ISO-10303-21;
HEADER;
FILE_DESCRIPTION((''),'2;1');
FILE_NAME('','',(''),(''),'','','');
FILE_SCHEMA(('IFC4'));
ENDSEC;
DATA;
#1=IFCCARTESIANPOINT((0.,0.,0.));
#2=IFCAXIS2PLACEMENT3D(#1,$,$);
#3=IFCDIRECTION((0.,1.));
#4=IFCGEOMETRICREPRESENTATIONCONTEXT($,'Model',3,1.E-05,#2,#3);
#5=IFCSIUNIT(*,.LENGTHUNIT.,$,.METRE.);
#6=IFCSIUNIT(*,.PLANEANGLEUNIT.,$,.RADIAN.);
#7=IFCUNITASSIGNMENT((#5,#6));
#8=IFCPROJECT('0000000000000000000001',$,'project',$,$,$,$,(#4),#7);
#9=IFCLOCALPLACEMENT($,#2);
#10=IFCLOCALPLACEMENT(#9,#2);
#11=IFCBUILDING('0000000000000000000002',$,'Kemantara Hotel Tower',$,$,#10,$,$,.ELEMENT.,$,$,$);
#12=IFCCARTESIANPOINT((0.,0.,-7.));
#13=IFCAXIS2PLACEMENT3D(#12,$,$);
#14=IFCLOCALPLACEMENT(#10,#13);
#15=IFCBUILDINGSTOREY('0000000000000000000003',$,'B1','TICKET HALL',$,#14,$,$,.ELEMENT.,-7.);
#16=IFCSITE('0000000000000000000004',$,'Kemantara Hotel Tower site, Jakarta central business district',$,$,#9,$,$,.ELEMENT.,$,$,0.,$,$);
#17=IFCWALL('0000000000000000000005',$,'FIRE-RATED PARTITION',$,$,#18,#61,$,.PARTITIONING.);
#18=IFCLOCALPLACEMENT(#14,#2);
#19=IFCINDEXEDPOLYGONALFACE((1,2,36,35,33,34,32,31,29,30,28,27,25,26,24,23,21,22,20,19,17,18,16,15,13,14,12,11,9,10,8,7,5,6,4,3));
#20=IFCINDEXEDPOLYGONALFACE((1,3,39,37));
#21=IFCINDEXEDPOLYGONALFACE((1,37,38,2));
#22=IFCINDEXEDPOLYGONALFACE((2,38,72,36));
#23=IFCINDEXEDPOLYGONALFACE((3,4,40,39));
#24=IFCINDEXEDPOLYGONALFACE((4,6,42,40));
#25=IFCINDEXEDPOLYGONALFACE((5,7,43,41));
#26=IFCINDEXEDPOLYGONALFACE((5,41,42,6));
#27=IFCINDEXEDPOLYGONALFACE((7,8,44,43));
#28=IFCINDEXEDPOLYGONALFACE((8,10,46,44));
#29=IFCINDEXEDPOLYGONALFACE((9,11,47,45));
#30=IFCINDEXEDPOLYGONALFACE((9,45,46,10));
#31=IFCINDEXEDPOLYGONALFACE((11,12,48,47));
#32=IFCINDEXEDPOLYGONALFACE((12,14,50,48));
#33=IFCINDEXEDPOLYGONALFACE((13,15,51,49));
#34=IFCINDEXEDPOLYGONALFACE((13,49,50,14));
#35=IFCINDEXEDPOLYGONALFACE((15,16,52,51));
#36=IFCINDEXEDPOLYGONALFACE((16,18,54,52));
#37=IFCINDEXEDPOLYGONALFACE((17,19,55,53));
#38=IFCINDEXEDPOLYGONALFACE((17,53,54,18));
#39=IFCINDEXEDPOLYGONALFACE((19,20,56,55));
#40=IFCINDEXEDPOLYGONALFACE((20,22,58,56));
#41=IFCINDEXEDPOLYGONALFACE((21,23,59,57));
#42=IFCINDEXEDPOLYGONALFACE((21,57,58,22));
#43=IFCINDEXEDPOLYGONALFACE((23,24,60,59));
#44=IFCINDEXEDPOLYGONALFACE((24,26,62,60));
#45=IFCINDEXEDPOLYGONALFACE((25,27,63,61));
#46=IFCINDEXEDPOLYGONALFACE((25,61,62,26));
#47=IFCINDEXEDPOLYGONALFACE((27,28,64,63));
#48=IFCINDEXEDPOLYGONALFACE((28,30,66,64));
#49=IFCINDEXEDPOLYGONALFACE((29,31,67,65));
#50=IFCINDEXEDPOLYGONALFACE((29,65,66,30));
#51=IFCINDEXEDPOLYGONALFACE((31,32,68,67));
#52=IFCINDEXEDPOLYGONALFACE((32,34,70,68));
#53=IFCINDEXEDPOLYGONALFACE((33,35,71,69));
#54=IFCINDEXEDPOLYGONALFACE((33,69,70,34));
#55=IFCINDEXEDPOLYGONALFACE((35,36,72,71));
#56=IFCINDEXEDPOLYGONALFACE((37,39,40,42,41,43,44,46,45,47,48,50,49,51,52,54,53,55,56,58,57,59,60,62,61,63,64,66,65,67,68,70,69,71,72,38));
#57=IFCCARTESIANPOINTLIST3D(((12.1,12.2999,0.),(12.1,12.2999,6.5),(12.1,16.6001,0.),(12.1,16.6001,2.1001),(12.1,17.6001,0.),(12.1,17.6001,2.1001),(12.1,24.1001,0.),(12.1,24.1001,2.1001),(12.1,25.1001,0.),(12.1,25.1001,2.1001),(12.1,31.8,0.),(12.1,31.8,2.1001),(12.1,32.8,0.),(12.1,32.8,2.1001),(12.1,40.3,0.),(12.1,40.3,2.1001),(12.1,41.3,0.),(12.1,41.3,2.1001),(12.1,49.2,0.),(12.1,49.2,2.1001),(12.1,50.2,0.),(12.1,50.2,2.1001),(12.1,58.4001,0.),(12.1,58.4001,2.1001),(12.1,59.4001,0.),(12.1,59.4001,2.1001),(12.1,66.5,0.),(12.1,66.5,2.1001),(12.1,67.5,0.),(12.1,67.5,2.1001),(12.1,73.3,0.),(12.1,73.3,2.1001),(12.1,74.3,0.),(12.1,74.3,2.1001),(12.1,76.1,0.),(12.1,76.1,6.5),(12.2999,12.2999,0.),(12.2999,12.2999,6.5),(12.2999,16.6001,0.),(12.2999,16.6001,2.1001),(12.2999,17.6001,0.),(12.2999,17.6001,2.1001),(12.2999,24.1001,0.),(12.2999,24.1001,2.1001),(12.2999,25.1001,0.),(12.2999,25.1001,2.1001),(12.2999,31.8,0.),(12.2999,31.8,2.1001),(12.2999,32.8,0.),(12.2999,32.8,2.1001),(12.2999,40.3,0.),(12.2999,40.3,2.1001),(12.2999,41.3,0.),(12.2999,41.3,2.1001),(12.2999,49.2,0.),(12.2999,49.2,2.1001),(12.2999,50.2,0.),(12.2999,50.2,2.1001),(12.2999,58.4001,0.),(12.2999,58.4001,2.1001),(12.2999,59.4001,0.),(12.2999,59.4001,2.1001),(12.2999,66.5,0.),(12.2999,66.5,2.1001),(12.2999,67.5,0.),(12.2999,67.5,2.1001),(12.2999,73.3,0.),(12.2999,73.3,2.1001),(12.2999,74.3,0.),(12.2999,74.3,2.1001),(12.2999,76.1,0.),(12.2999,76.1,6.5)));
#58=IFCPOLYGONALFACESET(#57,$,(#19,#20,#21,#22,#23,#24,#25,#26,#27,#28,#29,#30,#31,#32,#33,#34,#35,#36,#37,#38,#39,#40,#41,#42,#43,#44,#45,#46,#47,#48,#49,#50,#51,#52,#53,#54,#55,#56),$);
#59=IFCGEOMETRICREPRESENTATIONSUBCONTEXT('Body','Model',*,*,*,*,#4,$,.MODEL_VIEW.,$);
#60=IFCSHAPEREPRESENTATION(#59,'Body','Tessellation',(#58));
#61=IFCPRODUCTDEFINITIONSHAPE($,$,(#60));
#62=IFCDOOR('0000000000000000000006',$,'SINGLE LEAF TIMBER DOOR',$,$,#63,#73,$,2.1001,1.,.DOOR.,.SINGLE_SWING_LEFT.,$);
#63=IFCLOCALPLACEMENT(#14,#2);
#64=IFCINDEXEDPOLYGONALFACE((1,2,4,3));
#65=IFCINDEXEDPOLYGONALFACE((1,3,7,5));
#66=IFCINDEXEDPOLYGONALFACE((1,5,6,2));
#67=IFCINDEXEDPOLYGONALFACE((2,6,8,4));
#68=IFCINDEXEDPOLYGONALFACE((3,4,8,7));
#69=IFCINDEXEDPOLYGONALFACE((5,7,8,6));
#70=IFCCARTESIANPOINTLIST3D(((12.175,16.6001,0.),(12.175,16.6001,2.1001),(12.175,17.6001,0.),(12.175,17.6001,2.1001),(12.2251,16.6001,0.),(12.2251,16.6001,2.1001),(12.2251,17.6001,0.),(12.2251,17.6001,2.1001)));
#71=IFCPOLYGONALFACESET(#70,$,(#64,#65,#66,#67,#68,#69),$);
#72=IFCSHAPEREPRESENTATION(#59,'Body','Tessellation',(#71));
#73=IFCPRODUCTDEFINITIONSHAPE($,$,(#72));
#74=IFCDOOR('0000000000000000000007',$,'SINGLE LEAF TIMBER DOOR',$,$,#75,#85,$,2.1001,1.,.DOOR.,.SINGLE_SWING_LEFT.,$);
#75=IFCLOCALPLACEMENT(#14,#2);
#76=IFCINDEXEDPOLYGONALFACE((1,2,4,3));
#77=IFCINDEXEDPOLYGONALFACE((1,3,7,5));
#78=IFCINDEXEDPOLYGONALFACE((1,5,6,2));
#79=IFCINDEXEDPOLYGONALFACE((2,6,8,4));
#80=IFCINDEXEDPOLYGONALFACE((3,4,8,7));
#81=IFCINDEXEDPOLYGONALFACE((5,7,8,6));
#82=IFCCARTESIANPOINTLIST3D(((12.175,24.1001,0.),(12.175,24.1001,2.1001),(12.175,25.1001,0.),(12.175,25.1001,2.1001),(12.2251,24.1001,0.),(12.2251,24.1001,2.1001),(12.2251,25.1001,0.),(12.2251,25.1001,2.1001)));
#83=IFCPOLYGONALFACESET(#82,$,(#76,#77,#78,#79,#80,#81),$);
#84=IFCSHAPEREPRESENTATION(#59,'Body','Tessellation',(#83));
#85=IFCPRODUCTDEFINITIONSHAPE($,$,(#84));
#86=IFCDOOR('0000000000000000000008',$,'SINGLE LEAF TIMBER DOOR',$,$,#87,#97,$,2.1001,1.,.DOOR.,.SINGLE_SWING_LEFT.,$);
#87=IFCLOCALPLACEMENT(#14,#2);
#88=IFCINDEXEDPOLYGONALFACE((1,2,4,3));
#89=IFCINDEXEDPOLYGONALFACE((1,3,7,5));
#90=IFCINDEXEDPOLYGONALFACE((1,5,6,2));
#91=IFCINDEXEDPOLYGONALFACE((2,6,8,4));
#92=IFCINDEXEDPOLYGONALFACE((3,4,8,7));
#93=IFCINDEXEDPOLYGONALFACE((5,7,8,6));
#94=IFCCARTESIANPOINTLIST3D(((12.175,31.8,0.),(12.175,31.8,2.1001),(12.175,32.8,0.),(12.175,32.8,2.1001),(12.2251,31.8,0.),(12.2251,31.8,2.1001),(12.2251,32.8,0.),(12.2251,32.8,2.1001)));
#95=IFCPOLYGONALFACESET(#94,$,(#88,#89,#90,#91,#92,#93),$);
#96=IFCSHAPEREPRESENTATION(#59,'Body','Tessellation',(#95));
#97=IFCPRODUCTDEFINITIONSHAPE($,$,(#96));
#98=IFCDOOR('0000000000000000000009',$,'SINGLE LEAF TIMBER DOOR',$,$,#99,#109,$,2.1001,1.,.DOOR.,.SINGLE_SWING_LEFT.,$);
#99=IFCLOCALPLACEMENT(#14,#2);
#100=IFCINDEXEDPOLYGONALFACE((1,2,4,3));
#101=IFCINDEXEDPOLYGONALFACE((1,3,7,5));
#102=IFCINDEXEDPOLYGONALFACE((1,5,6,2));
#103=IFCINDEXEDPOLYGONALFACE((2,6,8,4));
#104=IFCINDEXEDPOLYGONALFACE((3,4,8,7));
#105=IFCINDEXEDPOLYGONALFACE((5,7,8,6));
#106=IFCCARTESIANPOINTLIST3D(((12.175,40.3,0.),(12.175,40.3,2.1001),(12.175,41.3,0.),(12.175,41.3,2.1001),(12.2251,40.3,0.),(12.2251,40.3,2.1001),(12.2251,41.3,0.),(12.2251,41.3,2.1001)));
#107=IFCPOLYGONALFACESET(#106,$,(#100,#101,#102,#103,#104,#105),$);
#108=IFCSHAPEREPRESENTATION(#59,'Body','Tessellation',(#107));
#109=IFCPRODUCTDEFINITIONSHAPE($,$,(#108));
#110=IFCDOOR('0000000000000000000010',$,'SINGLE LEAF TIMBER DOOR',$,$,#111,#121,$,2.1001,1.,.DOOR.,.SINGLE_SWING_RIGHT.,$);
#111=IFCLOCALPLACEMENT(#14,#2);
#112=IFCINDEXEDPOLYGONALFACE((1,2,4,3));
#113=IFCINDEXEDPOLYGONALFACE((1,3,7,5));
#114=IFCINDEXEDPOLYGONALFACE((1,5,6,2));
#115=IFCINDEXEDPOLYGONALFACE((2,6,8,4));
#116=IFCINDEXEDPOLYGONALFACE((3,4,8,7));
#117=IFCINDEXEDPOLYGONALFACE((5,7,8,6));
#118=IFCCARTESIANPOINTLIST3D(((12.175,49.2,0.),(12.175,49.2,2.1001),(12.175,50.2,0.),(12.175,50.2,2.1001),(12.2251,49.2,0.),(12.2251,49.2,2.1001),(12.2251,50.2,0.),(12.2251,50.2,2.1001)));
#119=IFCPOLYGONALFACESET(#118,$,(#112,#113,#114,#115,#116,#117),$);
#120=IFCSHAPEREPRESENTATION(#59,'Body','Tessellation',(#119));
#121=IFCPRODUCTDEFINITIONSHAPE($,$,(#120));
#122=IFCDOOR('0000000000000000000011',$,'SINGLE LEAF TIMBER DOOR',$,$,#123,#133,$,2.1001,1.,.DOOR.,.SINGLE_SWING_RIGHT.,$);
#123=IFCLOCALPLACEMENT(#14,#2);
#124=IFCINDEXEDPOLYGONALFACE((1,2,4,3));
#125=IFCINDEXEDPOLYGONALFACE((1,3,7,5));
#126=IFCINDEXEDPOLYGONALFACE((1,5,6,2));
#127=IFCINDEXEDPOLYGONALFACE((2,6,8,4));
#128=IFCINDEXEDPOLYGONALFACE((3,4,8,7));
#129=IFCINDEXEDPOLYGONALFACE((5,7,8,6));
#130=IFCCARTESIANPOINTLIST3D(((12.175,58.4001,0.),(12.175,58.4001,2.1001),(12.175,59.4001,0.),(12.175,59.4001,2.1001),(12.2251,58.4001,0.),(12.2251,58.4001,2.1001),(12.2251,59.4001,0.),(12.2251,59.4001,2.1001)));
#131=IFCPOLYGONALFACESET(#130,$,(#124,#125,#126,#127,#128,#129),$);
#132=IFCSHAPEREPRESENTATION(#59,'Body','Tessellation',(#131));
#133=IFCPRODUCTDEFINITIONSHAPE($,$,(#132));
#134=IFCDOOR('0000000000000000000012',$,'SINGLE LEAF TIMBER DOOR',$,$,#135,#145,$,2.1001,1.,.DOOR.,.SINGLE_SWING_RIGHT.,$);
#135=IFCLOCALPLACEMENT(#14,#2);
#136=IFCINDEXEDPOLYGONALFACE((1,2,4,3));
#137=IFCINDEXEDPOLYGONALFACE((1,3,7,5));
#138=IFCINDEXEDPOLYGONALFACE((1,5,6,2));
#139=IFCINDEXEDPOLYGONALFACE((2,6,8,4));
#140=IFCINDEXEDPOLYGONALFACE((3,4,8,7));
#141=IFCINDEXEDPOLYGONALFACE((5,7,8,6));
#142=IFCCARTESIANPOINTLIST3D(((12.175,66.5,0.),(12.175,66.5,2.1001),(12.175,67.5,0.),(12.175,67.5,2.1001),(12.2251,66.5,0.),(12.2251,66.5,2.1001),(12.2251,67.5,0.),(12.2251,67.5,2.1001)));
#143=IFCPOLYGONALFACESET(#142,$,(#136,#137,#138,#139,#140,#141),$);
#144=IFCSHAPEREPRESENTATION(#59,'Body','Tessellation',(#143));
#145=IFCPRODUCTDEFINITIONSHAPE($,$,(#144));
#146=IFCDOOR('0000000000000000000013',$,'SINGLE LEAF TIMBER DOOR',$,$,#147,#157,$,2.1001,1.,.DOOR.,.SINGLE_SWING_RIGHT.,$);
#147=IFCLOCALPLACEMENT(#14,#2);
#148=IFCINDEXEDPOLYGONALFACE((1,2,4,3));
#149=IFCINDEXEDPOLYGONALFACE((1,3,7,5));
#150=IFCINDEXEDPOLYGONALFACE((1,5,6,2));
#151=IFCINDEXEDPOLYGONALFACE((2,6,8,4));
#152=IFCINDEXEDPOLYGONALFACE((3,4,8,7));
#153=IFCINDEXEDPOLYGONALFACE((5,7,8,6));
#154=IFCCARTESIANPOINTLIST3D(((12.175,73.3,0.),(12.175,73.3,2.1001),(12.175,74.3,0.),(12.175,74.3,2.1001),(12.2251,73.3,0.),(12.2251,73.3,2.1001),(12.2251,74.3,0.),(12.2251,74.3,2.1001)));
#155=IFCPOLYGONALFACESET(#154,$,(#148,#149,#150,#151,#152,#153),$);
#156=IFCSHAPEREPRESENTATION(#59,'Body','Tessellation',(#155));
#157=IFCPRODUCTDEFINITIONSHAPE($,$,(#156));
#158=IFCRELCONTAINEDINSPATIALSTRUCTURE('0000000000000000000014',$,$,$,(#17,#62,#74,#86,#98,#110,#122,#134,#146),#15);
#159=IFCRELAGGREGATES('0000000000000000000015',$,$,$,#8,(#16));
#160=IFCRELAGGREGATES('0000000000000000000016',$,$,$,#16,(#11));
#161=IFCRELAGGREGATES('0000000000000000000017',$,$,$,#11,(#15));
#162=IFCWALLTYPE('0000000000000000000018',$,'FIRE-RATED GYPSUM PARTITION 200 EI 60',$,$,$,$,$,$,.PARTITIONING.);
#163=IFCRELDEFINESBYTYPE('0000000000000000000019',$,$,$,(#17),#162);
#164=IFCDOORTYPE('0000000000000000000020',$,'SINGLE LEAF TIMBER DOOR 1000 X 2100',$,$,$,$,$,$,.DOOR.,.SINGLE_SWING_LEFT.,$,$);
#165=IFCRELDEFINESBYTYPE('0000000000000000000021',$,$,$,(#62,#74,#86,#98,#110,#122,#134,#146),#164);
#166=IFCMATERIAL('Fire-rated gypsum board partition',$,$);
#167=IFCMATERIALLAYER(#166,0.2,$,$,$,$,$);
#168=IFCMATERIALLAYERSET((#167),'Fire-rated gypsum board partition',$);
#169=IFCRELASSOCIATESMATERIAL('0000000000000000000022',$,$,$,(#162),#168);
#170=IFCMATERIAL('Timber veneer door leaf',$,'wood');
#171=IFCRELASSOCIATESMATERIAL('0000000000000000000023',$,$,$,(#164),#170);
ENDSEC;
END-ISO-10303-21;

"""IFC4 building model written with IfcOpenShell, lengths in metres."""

from ifc_helpers import new_model, si_unit, direction, frame, frame_2d, origin, place, context, subcontext, project, spatial, rectangle, extrude, material, layer, layer_set, type_object, element, fill, save


model = new_model("IFC4")

# Units and contexts
model_context = context("Model", 3, precision=1e-05, world=origin(), true_north=direction((0.0, 1.0)))
body_context = subcontext(model_context, "Body", "Model", "MODEL_VIEW")
ifc_project = project(units=[si_unit("LENGTHUNIT", "METRE"), si_unit("PLANEANGLEUNIT", "RADIAN")], contexts=[model_context])

# Site, building, storey
site_placement = place(None, origin())
site = spatial("IfcSite", under=ifc_project, at=site_placement, Name="Kemantara Hotel Tower site, Jakarta central business district", CompositionType="ELEMENT", RefElevation=0.0)
building_placement = place(site_placement, origin())
building = spatial("IfcBuilding", under=site, at=building_placement, Name="Kemantara Hotel Tower", CompositionType="ELEMENT")
storey_placement = place(building_placement, frame((0.0, 0.0, -7.0)))
storey = spatial("IfcBuildingStorey", under=building, at=storey_placement, Name="B1", Description="TICKET HALL", CompositionType="ELEMENT", Elevation=-7.0)

# Wall, openings, doors
ifc_material_1 = material(Name="Fire-rated gypsum board partition")
ifc_layer_1 = layer(ifc_material_1, 0.2)
ifc_layer_set_1 = layer_set([ifc_layer_1], Name="Fire-rated gypsum board partition")
wall_type_1 = type_object("IfcWallType", Name="FIRE-RATED GYPSUM PARTITION 200 EI 60", PredefinedType="PARTITIONING", material=ifc_layer_set_1)
wall_1_placement = place(storey_placement, frame((12.2, 12.3, 0.0), z_axis=(0.0, 0.0, 1.0), x_axis=(0.0, 1.0, 0.0)))
wall_1 = element("IfcWall", 1, at=wall_1_placement, inside=storey, type_object=wall_type_1, Name="FIRE-RATED PARTITION", PredefinedType="PARTITIONING", context=body_context, shape_type="SweptSolid", body=[
    extrude(rectangle(XDim=63.8, YDim=0.2, at=frame_2d((31.8999, 0.0))), origin(), (0.0, 0.0, 1.0), 6.5),
])
opening_1_placement = place(wall_1_placement, frame((4.3, 0.0, 0.0)))
opening_1 = element("IfcOpeningElement", 2, at=opening_1_placement, cuts=wall_1, PredefinedType="OPENING", context=body_context, shape_type="SweptSolid", body=[
    extrude(rectangle(XDim=1.0, YDim=2.1001, at=frame_2d((0.5, 1.05))), frame((0.0, 0.1099, 0.0), z_axis=(0.0, -1.0, 0.0), x_axis=(1.0, 0.0, 0.0)), (0.0, 0.0, 1.0), 0.22),
])
opening_2_placement = place(wall_1_placement, frame((11.8, 0.0, 0.0)))
opening_2 = element("IfcOpeningElement", 3, at=opening_2_placement, cuts=wall_1, PredefinedType="OPENING", context=body_context, shape_type="SweptSolid", body=[
    extrude(rectangle(XDim=1.0, YDim=2.1001, at=frame_2d((0.5, 1.05))), frame((0.0, 0.1099, 0.0), z_axis=(0.0, -1.0, 0.0), x_axis=(1.0, 0.0, 0.0)), (0.0, 0.0, 1.0), 0.22),
])
opening_3_placement = place(wall_1_placement, frame((19.5, 0.0, 0.0)))
opening_3 = element("IfcOpeningElement", 4, at=opening_3_placement, cuts=wall_1, PredefinedType="OPENING", context=body_context, shape_type="SweptSolid", body=[
    extrude(rectangle(XDim=1.0, YDim=2.1001, at=frame_2d((0.5, 1.05))), frame((0.0, 0.1099, 0.0), z_axis=(0.0, -1.0, 0.0), x_axis=(1.0, 0.0, 0.0)), (0.0, 0.0, 1.0), 0.22),
])
opening_4_placement = place(wall_1_placement, frame((28.0, 0.0, 0.0)))
opening_4 = element("IfcOpeningElement", 5, at=opening_4_placement, cuts=wall_1, PredefinedType="OPENING", context=body_context, shape_type="SweptSolid", body=[
    extrude(rectangle(XDim=1.0, YDim=2.1001, at=frame_2d((0.5, 1.05))), frame((0.0, 0.1099, 0.0), z_axis=(0.0, -1.0, 0.0), x_axis=(1.0, 0.0, 0.0)), (0.0, 0.0, 1.0), 0.22),
])
opening_5_placement = place(wall_1_placement, frame((36.8999, 0.0, 0.0)))
opening_5 = element("IfcOpeningElement", 6, at=opening_5_placement, cuts=wall_1, PredefinedType="OPENING", context=body_context, shape_type="SweptSolid", body=[
    extrude(rectangle(XDim=1.0, YDim=2.1001, at=frame_2d((0.5, 1.05))), frame((0.0, 0.1099, 0.0), z_axis=(0.0, -1.0, 0.0), x_axis=(1.0, 0.0, 0.0)), (0.0, 0.0, 1.0), 0.22),
])
opening_6_placement = place(wall_1_placement, frame((46.1001, 0.0, 0.0)))
opening_6 = element("IfcOpeningElement", 7, at=opening_6_placement, cuts=wall_1, PredefinedType="OPENING", context=body_context, shape_type="SweptSolid", body=[
    extrude(rectangle(XDim=1.0, YDim=2.1001, at=frame_2d((0.5, 1.05))), frame((0.0, 0.1099, 0.0), z_axis=(0.0, -1.0, 0.0), x_axis=(1.0, 0.0, 0.0)), (0.0, 0.0, 1.0), 0.22),
])
opening_7_placement = place(wall_1_placement, frame((54.2, 0.0, 0.0)))
opening_7 = element("IfcOpeningElement", 8, at=opening_7_placement, cuts=wall_1, PredefinedType="OPENING", context=body_context, shape_type="SweptSolid", body=[
    extrude(rectangle(XDim=1.0, YDim=2.1001, at=frame_2d((0.5, 1.05))), frame((0.0, 0.1099, 0.0), z_axis=(0.0, -1.0, 0.0), x_axis=(1.0, 0.0, 0.0)), (0.0, 0.0, 1.0), 0.22),
])
opening_8_placement = place(wall_1_placement, frame((61.0, 0.0, 0.0)))
opening_8 = element("IfcOpeningElement", 9, at=opening_8_placement, cuts=wall_1, PredefinedType="OPENING", context=body_context, shape_type="SweptSolid", body=[
    extrude(rectangle(XDim=1.0, YDim=2.1001, at=frame_2d((0.5, 1.05))), frame((0.0, 0.1099, 0.0), z_axis=(0.0, -1.0, 0.0), x_axis=(1.0, 0.0, 0.0)), (0.0, 0.0, 1.0), 0.22),
])
ifc_material_2 = material(Name="Timber veneer door leaf", Category="wood")
door_type = type_object("IfcDoorType", Name="SINGLE LEAF TIMBER DOOR 1000 X 2100", OperationType="SINGLE_SWING_LEFT", PredefinedType="DOOR", material=ifc_material_2)
door_1_placement = place(opening_1_placement, origin())
door_1 = element("IfcDoor", 10, at=door_1_placement, inside=storey, type_object=door_type, Name="SINGLE LEAF TIMBER DOOR", OperationType="SINGLE_SWING_LEFT", OverallHeight=2.1001, OverallWidth=1.0, PredefinedType="DOOR", context=body_context, shape_type="SweptSolid", body=[
    extrude(rectangle(XDim=1.0, YDim=2.1001, at=frame_2d((0.5, 1.05))), frame((0.0, 0.0249, 0.0), z_axis=(0.0, -1.0, 0.0), x_axis=(1.0, 0.0, 0.0)), (0.0, 0.0, 1.0), 0.05),
])
fill(opening_1, door_1)
door_2_placement = place(opening_2_placement, origin())
door_2 = element("IfcDoor", 11, at=door_2_placement, inside=storey, type_object=door_type, Name="SINGLE LEAF TIMBER DOOR", OperationType="SINGLE_SWING_LEFT", OverallHeight=2.1001, OverallWidth=1.0, PredefinedType="DOOR", context=body_context, shape_type="SweptSolid", body=[
    extrude(rectangle(XDim=1.0, YDim=2.1001, at=frame_2d((0.5, 1.05))), frame((0.0, 0.0249, 0.0), z_axis=(0.0, -1.0, 0.0), x_axis=(1.0, 0.0, 0.0)), (0.0, 0.0, 1.0), 0.05),
])
fill(opening_2, door_2)
door_3_placement = place(opening_3_placement, origin())
door_3 = element("IfcDoor", 12, at=door_3_placement, inside=storey, type_object=door_type, Name="SINGLE LEAF TIMBER DOOR", OperationType="SINGLE_SWING_LEFT", OverallHeight=2.1001, OverallWidth=1.0, PredefinedType="DOOR", context=body_context, shape_type="SweptSolid", body=[
    extrude(rectangle(XDim=1.0, YDim=2.1001, at=frame_2d((0.5, 1.05))), frame((0.0, 0.0249, 0.0), z_axis=(0.0, -1.0, 0.0), x_axis=(1.0, 0.0, 0.0)), (0.0, 0.0, 1.0), 0.05),
])
fill(opening_3, door_3)
door_4_placement = place(opening_4_placement, origin())
door_4 = element("IfcDoor", 13, at=door_4_placement, inside=storey, type_object=door_type, Name="SINGLE LEAF TIMBER DOOR", OperationType="SINGLE_SWING_LEFT", OverallHeight=2.1001, OverallWidth=1.0, PredefinedType="DOOR", context=body_context, shape_type="SweptSolid", body=[
    extrude(rectangle(XDim=1.0, YDim=2.1001, at=frame_2d((0.5, 1.05))), frame((0.0, 0.0249, 0.0), z_axis=(0.0, -1.0, 0.0), x_axis=(1.0, 0.0, 0.0)), (0.0, 0.0, 1.0), 0.05),
])
fill(opening_4, door_4)
door_5_placement = place(opening_5_placement, origin())
door_5 = element("IfcDoor", 14, at=door_5_placement, inside=storey, type_object=door_type, Name="SINGLE LEAF TIMBER DOOR", OperationType="SINGLE_SWING_RIGHT", OverallHeight=2.1001, OverallWidth=1.0, PredefinedType="DOOR", context=body_context, shape_type="SweptSolid", body=[
    extrude(rectangle(XDim=1.0, YDim=2.1001, at=frame_2d((0.5, 1.05))), frame((0.0, 0.0249, 0.0), z_axis=(0.0, -1.0, 0.0), x_axis=(1.0, 0.0, 0.0)), (0.0, 0.0, 1.0), 0.05),
])
fill(opening_5, door_5)
door_6_placement = place(opening_6_placement, origin())
door_6 = element("IfcDoor", 15, at=door_6_placement, inside=storey, type_object=door_type, Name="SINGLE LEAF TIMBER DOOR", OperationType="SINGLE_SWING_RIGHT", OverallHeight=2.1001, OverallWidth=1.0, PredefinedType="DOOR", context=body_context, shape_type="SweptSolid", body=[
    extrude(rectangle(XDim=1.0, YDim=2.1001, at=frame_2d((0.5, 1.05))), frame((0.0, 0.0249, 0.0), z_axis=(0.0, -1.0, 0.0), x_axis=(1.0, 0.0, 0.0)), (0.0, 0.0, 1.0), 0.05),
])
fill(opening_6, door_6)
door_7_placement = place(opening_7_placement, origin())
door_7 = element("IfcDoor", 16, at=door_7_placement, inside=storey, type_object=door_type, Name="SINGLE LEAF TIMBER DOOR", OperationType="SINGLE_SWING_RIGHT", OverallHeight=2.1001, OverallWidth=1.0, PredefinedType="DOOR", context=body_context, shape_type="SweptSolid", body=[
    extrude(rectangle(XDim=1.0, YDim=2.1001, at=frame_2d((0.5, 1.05))), frame((0.0, 0.0249, 0.0), z_axis=(0.0, -1.0, 0.0), x_axis=(1.0, 0.0, 0.0)), (0.0, 0.0, 1.0), 0.05),
])
fill(opening_7, door_7)
door_8_placement = place(opening_8_placement, origin())
door_8 = element("IfcDoor", 17, at=door_8_placement, inside=storey, type_object=door_type, Name="SINGLE LEAF TIMBER DOOR", OperationType="SINGLE_SWING_RIGHT", OverallHeight=2.1001, OverallWidth=1.0, PredefinedType="DOOR", context=body_context, shape_type="SweptSolid", body=[
    extrude(rectangle(XDim=1.0, YDim=2.1001, at=frame_2d((0.5, 1.05))), frame((0.0, 0.0249, 0.0), z_axis=(0.0, -1.0, 0.0), x_axis=(1.0, 0.0, 0.0)), (0.0, 0.0, 1.0), 0.05),
])
fill(opening_8, door_8)

save(model, "model.ifc")
